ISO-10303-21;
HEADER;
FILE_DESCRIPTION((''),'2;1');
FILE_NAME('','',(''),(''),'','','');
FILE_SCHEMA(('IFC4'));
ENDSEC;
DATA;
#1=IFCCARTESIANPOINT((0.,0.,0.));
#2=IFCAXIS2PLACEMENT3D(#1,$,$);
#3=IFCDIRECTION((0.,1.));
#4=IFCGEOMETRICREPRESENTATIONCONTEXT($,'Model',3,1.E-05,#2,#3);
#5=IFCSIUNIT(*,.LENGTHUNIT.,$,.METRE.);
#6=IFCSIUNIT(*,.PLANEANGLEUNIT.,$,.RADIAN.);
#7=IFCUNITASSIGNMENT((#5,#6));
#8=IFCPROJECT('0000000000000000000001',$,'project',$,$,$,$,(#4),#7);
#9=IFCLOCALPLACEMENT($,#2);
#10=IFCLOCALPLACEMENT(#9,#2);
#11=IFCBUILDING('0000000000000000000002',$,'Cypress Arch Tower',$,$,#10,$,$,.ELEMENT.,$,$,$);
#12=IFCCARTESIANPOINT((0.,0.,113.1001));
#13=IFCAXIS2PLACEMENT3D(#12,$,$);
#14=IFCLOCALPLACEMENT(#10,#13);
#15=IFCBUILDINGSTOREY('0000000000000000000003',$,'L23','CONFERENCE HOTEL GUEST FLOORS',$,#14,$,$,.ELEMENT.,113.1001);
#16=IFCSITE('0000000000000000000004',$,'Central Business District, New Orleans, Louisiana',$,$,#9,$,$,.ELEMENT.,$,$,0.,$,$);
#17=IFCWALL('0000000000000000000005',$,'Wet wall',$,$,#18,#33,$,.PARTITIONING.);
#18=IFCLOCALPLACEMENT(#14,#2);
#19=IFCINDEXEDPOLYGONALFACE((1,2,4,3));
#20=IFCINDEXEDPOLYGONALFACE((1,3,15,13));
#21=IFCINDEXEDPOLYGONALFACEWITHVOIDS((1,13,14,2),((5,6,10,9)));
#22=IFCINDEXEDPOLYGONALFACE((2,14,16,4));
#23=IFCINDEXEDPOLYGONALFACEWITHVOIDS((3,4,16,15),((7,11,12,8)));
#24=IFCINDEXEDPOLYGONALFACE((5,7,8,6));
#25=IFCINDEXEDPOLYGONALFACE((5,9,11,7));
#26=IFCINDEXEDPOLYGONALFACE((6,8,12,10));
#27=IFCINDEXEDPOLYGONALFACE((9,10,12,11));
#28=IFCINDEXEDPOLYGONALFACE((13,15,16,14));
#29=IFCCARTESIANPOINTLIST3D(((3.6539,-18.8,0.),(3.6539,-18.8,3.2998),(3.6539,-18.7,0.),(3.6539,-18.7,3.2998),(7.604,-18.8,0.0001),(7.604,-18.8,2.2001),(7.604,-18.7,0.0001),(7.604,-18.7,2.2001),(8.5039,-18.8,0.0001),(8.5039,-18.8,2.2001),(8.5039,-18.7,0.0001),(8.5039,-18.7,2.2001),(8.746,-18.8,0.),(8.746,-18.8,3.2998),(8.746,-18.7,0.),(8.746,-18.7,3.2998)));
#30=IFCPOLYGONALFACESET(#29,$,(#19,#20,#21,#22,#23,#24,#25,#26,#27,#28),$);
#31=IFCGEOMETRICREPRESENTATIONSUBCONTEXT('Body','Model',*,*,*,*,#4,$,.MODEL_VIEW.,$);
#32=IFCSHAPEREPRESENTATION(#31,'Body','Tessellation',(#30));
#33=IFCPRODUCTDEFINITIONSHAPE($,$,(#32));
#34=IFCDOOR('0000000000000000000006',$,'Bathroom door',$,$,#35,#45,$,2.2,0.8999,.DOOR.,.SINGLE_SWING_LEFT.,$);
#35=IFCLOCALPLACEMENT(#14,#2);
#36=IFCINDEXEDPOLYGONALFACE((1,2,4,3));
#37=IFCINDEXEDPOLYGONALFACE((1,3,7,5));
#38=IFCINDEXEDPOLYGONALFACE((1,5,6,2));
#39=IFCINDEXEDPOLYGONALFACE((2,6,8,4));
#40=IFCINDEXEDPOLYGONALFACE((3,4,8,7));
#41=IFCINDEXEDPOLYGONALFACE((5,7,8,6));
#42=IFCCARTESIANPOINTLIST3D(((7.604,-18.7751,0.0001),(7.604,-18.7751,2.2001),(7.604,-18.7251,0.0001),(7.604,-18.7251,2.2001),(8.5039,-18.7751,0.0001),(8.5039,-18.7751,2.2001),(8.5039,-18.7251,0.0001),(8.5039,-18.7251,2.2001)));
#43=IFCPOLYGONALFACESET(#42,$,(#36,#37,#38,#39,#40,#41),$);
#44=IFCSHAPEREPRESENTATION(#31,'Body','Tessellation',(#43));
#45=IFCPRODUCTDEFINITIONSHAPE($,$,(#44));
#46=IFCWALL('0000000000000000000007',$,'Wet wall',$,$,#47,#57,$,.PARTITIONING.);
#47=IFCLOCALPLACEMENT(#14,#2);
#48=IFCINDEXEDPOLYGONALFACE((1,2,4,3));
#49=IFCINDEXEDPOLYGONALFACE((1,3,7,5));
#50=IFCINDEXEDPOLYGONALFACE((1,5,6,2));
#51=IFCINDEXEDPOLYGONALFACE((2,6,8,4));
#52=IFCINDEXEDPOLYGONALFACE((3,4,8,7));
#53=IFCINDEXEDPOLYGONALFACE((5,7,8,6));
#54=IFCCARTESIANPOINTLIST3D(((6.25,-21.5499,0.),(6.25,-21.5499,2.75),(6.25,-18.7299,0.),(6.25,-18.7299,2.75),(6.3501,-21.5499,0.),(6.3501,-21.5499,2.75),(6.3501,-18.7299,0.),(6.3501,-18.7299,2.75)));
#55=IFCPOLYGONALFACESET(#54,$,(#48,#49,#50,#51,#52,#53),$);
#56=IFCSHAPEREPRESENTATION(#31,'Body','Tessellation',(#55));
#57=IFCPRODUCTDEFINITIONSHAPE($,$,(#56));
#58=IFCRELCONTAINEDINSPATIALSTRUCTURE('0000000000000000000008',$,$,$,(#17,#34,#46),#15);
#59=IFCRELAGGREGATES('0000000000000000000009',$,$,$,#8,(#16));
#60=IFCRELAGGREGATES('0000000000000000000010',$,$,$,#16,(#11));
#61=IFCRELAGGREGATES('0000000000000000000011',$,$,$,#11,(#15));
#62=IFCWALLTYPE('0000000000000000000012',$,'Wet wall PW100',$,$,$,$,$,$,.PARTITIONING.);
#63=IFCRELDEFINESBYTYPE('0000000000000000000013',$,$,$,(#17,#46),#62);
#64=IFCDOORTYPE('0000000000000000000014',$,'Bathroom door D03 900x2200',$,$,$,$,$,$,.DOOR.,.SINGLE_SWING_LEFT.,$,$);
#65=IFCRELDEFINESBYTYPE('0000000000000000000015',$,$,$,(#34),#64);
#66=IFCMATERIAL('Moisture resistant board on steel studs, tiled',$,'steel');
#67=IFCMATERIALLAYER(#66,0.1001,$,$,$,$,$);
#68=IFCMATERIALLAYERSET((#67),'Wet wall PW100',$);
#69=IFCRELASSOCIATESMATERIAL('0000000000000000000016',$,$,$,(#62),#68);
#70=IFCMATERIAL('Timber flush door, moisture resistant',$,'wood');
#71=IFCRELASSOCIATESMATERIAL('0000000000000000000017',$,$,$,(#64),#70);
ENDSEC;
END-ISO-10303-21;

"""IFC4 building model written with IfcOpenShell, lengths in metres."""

from ifc_helpers import new_model, si_unit, direction, frame, frame_2d, origin, place, context, subcontext, project, spatial, rectangle, extrude, material, layer, layer_set, type_object, element, fill, save


model = new_model("IFC4")

# Units and contexts
model_context = context("Model", 3, precision=1e-05, world=origin(), true_north=direction((0.0, 1.0)))
body_context = subcontext(model_context, "Body", "Model", "MODEL_VIEW")
ifc_project = project(units=[si_unit("LENGTHUNIT", "METRE"), si_unit("PLANEANGLEUNIT", "RADIAN")], contexts=[model_context])

# Site, building, storey
site_placement = place(None, origin())
site = spatial("IfcSite", under=ifc_project, at=site_placement, Name="Central Business District, New Orleans, Louisiana", CompositionType="ELEMENT", RefElevation=0.0)
building_placement = place(site_placement, origin())
building = spatial("IfcBuilding", under=site, at=building_placement, Name="Cypress Arch Tower", CompositionType="ELEMENT")
storey_placement = place(building_placement, frame((0.0, 0.0, 113.1001)))
storey = spatial("IfcBuildingStorey", under=building, at=storey_placement, Name="L23", Description="CONFERENCE HOTEL GUEST FLOORS", CompositionType="ELEMENT", Elevation=113.1001)

# Shared definitions
ifc_material_1 = material(Name="Moisture resistant board on steel studs, tiled", Category="steel")
ifc_layer_1 = layer(ifc_material_1, 0.1001)
ifc_layer_set_1 = layer_set([ifc_layer_1], Name="Wet wall PW100")
wall_type_1 = type_object("IfcWallType", Name="Wet wall PW100", PredefinedType="PARTITIONING", material=ifc_layer_set_1)

# Shared definitions
ifc_material_2 = material(Name="Timber flush door, moisture resistant", Category="wood")
door_type_1 = type_object("IfcDoorType", Name="Bathroom door D03 900x2200", OperationType="SINGLE_SWING_LEFT", PredefinedType="DOOR", material=ifc_material_2)

# Wall, opening, door
wall_1_placement = place(storey_placement, frame((3.6541, -18.75, 0.0), z_axis=(0.0, 0.0, 1.0), x_axis=(1.0, 0.0, 0.0)))
wall_1 = element("IfcWall", 1, at=wall_1_placement, inside=storey, type_object=wall_type_1, Name="Wet wall", PredefinedType="PARTITIONING", context=body_context, shape_type="SweptSolid", body=[
    extrude(rectangle(XDim=5.092, YDim=0.1001, at=frame_2d((2.5459, 0.0))), origin(), (0.0, 0.0, 1.0), 3.2998),
])
opening_1_placement = place(wall_1_placement, frame((3.95, 0.0, 0.0)))
opening_1 = element("IfcOpeningElement", 2, at=opening_1_placement, cuts=wall_1, PredefinedType="OPENING", context=body_context, shape_type="SweptSolid", body=[
    extrude(rectangle(XDim=0.8999, YDim=2.2, at=frame_2d((0.45, 1.1001))), frame((0.0, 0.0601, 0.0), z_axis=(0.0, -1.0, 0.0), x_axis=(1.0, 0.0, 0.0)), (0.0, 0.0, 1.0), 0.1201),
])
door_1_placement = place(opening_1_placement, origin())
door_1 = element("IfcDoor", 3, at=door_1_placement, inside=storey, type_object=door_type_1, Name="Bathroom door", OperationType="SINGLE_SWING_LEFT", OverallHeight=2.2, OverallWidth=0.8999, PredefinedType="DOOR", context=body_context, shape_type="SweptSolid", body=[
    extrude(rectangle(XDim=0.8999, YDim=2.2, at=frame_2d((0.45, 1.1001))), frame((0.0, 0.0249, 0.0), z_axis=(0.0, -1.0, 0.0), x_axis=(1.0, 0.0, 0.0)), (0.0, 0.0, 1.0), 0.05),
])
fill(opening_1, door_1)

# Wall
wall_2_placement = place(storey_placement, frame((6.3, -21.55, 0.0), z_axis=(0.0, 0.0, 1.0), x_axis=(0.0, 1.0, 0.0)))
element("IfcWall", 4, at=wall_2_placement, inside=storey, type_object=wall_type_1, Name="Wet wall", PredefinedType="PARTITIONING", context=body_context, shape_type="SweptSolid", body=[
    extrude(rectangle(XDim=2.8201, YDim=0.1001, at=frame_2d((1.4102, 0.0))), origin(), (0.0, 0.0, 1.0), 2.75),
])

save(model, "model.ifc")
